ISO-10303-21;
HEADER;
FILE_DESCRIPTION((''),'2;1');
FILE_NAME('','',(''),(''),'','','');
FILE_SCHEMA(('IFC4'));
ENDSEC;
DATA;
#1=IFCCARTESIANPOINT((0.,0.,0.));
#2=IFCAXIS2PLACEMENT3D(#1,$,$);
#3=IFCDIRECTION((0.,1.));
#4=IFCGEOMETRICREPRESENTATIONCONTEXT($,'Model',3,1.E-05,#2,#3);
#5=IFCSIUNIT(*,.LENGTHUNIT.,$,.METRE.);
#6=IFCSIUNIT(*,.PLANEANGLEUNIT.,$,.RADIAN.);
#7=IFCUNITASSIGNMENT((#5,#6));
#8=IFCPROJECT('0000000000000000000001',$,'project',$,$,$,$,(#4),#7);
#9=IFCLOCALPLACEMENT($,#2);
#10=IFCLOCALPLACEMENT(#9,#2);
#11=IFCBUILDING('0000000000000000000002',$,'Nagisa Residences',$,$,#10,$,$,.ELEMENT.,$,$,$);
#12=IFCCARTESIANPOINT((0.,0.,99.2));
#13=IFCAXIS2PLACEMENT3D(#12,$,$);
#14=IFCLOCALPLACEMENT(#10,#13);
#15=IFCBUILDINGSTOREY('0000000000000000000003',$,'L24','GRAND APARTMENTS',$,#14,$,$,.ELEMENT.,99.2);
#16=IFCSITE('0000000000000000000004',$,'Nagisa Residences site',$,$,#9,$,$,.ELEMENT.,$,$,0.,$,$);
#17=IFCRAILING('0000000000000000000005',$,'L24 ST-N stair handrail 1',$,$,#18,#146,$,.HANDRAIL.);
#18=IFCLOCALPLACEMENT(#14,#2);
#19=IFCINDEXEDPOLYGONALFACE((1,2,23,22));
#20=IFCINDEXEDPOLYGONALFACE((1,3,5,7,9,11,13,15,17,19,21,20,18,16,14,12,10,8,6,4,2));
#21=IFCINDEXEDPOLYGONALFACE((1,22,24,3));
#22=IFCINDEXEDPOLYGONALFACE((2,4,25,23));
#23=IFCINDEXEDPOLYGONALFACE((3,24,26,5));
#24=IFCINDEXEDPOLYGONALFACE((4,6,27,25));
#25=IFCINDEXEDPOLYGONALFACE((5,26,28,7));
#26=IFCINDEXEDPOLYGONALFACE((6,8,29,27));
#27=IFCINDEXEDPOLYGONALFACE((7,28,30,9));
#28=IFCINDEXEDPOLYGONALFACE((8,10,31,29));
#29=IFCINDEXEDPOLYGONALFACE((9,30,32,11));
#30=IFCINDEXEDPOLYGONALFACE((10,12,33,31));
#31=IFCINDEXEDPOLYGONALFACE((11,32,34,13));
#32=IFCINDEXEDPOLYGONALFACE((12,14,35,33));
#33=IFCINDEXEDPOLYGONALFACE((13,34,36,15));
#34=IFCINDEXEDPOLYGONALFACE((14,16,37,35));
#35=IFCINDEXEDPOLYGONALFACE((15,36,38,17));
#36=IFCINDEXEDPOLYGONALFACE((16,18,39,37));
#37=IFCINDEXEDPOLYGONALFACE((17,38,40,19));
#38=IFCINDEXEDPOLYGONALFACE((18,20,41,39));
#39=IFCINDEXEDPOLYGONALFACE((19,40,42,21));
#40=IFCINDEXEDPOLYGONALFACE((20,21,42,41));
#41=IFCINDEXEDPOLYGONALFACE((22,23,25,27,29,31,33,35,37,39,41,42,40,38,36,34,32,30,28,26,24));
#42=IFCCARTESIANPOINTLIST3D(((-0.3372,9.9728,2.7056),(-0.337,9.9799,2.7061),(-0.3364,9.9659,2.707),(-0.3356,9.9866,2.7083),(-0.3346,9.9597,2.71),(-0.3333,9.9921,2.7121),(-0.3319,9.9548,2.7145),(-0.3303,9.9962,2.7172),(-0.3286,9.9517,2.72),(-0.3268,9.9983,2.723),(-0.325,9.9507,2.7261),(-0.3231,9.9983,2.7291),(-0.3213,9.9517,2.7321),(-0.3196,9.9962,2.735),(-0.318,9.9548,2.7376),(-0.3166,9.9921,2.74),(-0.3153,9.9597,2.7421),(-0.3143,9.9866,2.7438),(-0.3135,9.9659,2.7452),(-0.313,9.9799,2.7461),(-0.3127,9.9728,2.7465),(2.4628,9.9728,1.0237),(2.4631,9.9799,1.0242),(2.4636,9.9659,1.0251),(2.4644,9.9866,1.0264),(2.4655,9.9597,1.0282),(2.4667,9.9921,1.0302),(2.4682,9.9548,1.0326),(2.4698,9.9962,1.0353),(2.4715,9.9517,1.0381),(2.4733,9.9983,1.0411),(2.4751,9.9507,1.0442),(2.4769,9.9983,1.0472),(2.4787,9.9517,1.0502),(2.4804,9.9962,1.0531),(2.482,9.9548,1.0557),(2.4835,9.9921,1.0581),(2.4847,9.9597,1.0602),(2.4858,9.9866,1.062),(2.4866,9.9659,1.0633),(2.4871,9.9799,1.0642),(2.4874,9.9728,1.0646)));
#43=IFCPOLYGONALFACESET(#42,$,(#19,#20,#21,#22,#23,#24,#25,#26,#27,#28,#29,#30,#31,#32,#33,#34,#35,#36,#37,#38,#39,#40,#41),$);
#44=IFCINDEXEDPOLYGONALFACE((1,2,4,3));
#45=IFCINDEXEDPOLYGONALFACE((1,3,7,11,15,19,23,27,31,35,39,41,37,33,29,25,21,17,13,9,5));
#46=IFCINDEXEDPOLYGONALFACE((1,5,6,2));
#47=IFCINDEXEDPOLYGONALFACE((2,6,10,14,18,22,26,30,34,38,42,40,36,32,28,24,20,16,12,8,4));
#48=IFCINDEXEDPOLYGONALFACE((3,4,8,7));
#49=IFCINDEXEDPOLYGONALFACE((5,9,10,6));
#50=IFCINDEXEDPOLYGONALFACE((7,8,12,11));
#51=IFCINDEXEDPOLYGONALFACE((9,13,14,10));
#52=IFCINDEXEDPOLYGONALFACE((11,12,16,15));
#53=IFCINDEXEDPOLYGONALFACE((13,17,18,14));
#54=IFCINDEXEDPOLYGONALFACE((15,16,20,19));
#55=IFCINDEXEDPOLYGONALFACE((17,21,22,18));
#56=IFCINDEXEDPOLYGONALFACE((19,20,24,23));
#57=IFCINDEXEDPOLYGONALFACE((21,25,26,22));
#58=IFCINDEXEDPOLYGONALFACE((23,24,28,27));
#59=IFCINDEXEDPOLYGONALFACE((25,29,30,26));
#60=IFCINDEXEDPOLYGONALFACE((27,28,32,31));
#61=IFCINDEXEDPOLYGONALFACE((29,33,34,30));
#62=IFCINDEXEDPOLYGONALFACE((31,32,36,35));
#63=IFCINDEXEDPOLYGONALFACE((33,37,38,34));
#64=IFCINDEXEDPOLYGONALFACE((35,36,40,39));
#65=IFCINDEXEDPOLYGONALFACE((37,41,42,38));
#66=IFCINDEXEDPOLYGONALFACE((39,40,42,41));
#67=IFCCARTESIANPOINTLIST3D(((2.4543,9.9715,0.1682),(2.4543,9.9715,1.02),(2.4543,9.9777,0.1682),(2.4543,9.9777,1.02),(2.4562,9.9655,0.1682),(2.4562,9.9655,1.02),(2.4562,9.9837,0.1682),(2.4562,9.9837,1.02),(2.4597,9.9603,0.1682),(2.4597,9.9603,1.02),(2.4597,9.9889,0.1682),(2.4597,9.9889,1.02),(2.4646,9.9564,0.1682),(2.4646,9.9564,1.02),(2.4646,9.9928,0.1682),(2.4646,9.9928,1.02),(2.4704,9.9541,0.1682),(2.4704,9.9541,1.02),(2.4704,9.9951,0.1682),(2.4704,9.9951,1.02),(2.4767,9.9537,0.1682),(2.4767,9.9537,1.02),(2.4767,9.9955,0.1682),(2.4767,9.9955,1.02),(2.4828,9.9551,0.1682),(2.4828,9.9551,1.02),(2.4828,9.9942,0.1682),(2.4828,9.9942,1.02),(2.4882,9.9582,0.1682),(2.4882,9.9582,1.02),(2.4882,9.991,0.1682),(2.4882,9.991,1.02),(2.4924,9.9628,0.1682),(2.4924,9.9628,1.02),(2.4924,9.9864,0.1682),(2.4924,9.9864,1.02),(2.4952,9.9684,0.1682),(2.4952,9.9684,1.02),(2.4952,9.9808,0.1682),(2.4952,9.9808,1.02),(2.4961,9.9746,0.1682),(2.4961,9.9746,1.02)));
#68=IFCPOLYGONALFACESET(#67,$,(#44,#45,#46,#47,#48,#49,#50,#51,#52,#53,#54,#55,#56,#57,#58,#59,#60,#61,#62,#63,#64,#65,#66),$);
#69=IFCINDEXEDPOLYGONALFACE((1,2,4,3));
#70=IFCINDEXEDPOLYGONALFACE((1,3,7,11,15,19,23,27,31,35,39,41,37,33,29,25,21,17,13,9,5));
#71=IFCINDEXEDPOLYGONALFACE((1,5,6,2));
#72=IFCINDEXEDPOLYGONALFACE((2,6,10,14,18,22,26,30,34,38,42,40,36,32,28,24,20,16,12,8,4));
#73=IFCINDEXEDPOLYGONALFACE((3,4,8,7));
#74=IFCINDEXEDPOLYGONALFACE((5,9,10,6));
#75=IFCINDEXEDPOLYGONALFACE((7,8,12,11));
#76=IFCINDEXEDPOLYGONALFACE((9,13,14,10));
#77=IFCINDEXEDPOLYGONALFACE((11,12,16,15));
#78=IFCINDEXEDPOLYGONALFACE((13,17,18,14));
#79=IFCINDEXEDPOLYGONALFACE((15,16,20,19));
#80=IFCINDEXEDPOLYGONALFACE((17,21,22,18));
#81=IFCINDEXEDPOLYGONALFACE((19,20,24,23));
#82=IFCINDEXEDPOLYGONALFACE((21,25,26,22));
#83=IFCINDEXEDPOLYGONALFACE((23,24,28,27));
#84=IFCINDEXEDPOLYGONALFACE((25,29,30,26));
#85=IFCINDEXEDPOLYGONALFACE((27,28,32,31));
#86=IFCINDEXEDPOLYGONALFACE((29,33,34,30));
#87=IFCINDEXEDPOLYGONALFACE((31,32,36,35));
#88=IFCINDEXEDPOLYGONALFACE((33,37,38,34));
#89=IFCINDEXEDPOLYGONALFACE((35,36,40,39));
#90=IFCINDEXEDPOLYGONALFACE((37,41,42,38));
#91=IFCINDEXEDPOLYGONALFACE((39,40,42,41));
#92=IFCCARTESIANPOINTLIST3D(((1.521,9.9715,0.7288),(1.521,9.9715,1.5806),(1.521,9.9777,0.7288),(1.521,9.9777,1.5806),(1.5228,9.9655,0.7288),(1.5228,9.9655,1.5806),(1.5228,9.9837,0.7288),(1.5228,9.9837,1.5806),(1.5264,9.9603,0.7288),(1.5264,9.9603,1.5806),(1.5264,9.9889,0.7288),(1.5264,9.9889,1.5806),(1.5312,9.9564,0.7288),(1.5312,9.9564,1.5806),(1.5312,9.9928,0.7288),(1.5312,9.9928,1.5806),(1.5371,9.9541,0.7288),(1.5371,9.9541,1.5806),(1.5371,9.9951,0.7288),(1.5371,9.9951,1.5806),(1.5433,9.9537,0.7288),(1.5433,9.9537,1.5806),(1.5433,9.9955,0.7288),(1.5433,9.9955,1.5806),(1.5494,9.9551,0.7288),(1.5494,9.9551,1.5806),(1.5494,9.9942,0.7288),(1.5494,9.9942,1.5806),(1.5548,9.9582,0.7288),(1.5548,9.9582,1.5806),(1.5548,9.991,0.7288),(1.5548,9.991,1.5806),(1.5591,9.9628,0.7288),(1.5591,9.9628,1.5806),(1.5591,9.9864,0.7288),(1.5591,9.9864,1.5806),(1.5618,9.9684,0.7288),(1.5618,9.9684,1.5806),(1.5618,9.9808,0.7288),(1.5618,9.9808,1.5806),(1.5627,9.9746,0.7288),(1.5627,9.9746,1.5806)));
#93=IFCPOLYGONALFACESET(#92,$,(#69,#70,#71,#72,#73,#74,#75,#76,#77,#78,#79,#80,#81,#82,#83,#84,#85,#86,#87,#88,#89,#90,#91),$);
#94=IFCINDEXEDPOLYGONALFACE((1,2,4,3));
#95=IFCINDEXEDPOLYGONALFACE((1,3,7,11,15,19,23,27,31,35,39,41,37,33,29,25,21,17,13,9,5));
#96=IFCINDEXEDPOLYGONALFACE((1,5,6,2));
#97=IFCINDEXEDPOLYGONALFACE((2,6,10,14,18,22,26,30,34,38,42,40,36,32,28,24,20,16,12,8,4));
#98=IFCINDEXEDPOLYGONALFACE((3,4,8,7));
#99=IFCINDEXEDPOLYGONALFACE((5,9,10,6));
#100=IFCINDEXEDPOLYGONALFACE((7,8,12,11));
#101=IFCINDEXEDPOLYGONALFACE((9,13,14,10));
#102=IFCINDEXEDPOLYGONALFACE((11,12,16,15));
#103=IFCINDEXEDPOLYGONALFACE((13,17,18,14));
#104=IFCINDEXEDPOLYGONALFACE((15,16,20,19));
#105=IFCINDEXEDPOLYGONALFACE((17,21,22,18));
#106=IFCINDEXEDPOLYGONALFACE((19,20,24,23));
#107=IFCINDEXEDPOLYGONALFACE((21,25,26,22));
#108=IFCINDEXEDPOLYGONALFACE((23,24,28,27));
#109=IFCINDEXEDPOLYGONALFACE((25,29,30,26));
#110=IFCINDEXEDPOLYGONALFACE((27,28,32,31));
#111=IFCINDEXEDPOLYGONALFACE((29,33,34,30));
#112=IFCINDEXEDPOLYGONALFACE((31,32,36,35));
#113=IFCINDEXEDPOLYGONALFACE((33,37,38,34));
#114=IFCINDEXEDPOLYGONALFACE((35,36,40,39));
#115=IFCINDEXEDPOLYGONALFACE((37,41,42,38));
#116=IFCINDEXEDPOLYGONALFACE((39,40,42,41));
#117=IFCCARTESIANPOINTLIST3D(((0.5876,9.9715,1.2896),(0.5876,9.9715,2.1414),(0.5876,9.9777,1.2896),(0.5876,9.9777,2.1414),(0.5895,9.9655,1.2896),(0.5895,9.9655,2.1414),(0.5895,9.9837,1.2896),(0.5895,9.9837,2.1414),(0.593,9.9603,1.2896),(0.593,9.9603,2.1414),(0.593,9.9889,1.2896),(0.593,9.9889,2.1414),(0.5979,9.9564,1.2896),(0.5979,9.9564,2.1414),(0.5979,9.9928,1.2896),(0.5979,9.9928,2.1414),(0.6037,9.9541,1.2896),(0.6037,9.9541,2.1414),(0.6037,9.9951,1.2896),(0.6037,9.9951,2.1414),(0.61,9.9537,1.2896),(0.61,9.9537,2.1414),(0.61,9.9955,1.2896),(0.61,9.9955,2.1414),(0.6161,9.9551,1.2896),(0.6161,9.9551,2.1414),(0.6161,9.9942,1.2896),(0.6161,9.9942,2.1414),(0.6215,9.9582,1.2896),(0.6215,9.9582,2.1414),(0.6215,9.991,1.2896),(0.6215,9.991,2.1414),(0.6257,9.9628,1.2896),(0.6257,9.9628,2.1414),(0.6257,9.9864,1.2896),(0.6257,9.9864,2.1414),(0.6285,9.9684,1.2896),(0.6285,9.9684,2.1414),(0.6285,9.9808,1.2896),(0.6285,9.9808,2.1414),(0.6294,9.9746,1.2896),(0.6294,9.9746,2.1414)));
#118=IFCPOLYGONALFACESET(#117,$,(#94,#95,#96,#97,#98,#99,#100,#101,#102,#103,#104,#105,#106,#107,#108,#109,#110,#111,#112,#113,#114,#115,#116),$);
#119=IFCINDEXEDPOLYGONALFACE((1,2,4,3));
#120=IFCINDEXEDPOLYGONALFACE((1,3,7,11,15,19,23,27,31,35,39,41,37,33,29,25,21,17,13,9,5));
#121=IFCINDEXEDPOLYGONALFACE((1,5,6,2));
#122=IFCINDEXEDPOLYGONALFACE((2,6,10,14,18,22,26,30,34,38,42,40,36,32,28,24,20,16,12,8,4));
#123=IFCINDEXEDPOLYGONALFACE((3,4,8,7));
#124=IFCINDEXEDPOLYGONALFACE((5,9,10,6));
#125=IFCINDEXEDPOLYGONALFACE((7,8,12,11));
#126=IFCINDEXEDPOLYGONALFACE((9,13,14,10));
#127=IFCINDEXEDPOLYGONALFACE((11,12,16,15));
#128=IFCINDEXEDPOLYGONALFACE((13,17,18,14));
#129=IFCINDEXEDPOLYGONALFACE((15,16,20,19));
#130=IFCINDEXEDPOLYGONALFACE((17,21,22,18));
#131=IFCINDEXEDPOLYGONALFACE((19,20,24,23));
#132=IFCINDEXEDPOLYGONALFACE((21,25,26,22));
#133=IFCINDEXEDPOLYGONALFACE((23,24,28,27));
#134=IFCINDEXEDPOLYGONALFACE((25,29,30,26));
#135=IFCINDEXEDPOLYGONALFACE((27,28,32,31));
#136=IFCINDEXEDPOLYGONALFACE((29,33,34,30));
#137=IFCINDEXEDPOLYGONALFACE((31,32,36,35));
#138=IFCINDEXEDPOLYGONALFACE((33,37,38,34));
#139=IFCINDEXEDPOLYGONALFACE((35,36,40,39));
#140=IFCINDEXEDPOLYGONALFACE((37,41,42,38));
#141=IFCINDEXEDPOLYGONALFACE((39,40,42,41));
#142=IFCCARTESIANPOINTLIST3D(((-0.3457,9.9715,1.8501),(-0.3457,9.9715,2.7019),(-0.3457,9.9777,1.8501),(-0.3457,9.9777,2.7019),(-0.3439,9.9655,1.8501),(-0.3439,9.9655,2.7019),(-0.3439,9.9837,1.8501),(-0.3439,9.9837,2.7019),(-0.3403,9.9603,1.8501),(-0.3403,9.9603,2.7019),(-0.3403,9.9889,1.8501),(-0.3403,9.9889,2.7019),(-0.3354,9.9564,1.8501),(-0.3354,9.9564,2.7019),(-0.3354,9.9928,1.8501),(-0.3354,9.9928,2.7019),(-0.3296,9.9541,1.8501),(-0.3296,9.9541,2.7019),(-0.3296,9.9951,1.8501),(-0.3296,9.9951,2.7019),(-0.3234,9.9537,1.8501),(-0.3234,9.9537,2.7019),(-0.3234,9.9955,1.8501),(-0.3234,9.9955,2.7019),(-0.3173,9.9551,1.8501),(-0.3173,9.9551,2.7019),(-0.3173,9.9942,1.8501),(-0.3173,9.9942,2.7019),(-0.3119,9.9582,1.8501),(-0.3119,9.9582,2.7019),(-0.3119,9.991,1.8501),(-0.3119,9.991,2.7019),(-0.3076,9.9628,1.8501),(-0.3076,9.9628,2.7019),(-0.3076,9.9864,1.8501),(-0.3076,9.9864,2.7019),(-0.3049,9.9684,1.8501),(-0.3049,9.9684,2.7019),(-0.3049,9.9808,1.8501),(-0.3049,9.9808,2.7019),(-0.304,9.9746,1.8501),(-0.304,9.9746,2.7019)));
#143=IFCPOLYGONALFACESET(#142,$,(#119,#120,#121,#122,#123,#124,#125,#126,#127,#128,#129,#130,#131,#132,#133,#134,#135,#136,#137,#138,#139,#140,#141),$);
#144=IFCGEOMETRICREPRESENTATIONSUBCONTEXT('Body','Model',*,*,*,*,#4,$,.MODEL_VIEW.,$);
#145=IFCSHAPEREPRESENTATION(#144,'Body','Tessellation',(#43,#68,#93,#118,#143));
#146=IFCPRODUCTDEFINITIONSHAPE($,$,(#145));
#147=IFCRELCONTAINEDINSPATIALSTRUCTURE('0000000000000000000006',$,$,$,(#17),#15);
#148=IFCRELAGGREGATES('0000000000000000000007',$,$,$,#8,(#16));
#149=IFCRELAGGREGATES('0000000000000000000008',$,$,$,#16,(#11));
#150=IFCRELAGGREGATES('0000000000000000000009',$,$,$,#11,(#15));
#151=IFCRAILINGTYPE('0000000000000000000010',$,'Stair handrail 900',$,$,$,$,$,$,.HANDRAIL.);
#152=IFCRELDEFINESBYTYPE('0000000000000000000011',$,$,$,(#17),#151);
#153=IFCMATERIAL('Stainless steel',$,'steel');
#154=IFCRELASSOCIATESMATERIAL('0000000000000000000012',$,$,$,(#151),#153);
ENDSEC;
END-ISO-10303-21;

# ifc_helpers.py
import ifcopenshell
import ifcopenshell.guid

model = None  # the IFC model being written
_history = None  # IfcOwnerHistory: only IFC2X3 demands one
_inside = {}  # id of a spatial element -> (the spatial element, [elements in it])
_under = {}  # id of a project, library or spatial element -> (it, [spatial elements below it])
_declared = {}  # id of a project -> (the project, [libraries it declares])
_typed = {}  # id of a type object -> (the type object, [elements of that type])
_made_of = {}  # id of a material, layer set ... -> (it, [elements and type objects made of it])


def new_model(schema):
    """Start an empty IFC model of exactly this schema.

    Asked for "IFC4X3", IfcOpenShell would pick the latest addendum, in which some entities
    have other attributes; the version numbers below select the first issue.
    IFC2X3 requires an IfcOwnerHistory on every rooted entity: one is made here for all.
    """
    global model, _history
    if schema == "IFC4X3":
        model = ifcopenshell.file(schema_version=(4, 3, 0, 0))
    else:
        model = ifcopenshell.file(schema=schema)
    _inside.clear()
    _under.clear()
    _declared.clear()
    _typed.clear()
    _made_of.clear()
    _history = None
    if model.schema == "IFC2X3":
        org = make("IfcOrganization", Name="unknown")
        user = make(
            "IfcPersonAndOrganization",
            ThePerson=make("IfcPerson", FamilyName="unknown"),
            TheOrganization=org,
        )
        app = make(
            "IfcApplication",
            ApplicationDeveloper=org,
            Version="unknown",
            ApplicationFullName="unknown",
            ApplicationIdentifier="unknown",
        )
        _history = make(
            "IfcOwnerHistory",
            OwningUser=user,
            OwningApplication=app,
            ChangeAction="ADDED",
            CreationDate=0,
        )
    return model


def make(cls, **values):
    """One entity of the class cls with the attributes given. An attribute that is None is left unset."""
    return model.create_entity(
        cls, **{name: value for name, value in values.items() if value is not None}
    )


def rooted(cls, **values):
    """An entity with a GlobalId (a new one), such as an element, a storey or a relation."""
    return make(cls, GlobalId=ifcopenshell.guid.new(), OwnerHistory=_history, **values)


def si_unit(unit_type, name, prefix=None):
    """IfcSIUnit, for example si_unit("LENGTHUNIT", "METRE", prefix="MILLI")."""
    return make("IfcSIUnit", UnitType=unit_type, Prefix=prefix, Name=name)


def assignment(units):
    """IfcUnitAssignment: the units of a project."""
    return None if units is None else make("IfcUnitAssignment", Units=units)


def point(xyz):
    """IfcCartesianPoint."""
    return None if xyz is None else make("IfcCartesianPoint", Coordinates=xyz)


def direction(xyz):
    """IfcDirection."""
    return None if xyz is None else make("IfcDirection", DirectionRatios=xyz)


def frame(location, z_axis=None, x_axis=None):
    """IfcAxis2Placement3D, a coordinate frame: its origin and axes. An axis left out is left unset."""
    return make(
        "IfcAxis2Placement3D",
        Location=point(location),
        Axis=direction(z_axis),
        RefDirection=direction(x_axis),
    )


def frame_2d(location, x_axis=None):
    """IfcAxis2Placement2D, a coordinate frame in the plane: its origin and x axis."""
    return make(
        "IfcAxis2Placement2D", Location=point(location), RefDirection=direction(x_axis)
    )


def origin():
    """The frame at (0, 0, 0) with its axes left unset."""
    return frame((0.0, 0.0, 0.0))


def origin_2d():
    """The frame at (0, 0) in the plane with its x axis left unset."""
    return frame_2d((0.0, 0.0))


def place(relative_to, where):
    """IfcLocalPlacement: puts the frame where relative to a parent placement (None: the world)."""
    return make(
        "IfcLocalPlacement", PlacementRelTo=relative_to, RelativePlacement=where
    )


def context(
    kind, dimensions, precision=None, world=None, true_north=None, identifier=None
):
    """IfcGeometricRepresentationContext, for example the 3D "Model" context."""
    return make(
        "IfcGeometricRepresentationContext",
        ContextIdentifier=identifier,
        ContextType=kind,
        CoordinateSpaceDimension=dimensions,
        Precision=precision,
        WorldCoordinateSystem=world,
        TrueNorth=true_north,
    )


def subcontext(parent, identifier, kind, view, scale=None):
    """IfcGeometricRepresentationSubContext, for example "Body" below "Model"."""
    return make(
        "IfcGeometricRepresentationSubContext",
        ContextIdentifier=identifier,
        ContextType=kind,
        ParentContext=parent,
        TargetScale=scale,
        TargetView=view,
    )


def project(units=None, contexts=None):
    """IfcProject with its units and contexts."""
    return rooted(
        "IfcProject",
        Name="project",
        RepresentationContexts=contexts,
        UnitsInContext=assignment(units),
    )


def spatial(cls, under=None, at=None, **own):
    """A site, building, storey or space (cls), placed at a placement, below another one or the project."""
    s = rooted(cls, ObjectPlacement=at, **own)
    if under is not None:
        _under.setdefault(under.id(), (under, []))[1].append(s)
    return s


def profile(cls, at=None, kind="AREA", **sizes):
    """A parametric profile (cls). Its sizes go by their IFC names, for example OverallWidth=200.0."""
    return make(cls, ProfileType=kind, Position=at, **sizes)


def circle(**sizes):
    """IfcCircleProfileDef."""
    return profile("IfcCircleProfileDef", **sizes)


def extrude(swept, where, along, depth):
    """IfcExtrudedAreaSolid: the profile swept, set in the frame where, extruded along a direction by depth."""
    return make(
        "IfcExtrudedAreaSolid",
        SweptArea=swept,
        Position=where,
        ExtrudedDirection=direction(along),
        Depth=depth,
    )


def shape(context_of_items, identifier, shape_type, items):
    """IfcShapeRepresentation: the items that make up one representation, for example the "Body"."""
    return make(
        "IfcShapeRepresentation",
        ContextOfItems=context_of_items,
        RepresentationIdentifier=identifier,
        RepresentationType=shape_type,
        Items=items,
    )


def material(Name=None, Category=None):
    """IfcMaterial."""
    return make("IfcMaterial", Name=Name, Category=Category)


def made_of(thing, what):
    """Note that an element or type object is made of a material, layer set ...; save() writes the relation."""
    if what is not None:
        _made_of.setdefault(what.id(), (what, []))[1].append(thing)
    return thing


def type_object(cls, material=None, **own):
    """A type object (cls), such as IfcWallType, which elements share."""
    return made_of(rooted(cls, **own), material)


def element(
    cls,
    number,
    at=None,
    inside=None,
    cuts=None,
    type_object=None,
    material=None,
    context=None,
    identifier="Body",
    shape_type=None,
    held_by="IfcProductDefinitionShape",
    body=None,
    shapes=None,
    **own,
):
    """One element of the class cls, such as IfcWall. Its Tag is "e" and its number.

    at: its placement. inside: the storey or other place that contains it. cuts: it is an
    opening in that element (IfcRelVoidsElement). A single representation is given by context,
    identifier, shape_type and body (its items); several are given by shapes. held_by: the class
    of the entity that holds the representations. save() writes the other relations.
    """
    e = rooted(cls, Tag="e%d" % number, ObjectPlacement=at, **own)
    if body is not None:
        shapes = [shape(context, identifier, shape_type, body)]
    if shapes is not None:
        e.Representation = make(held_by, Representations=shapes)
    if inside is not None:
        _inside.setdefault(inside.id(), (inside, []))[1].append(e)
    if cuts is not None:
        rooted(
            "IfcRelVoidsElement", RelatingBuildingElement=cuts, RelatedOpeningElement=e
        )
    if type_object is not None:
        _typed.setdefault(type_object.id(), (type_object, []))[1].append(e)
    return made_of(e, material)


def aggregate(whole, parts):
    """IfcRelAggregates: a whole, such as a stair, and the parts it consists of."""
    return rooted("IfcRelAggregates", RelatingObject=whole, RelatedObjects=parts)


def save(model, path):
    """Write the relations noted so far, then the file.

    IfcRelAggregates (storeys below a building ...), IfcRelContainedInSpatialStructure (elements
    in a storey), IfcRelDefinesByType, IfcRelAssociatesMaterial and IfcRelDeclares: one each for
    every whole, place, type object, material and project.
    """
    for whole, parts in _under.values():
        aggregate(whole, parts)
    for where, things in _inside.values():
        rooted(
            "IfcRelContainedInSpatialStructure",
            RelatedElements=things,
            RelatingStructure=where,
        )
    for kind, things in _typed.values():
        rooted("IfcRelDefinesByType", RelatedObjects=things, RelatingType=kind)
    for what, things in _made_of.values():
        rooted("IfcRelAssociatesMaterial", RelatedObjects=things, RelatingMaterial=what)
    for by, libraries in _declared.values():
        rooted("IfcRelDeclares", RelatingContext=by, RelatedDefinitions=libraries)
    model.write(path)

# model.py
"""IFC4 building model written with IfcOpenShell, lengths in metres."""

from ifc_helpers import new_model, si_unit, direction, frame, origin, origin_2d, place, context, subcontext, project, spatial, circle, extrude, material, type_object, element, save


model = new_model("IFC4")

# Units and contexts
model_context = context("Model", 3, precision=1e-05, world=origin(), true_north=direction((0.0, 1.0)))
body_context = subcontext(model_context, "Body", "Model", "MODEL_VIEW")
ifc_project = project(units=[si_unit("LENGTHUNIT", "METRE"), si_unit("PLANEANGLEUNIT", "RADIAN")], contexts=[model_context])

# Site, building, storey
site_placement = place(None, origin())
site = spatial("IfcSite", under=ifc_project, at=site_placement, Name="Nagisa Residences site", CompositionType="ELEMENT", RefElevation=0.0)
building_placement = place(site_placement, origin())
building = spatial("IfcBuilding", under=site, at=building_placement, Name="Nagisa Residences", CompositionType="ELEMENT")
storey_placement = place(building_placement, frame((0.0, 0.0, 99.2)))
storey = spatial("IfcBuildingStorey", under=building, at=storey_placement, Name="L24", Description="GRAND APARTMENTS", CompositionType="ELEMENT", Elevation=99.2)

# Railing
ifc_material_1 = material(Name="Stainless steel", Category="steel")
railing_type_1 = type_object("IfcRailingType", Name="Stair handrail 900", PredefinedType="HANDRAIL", material=ifc_material_1)
railing_1_placement = place(storey_placement, frame((2.4751, 9.9746, 0.1682)))
element("IfcRailing", 1, at=railing_1_placement, inside=storey, type_object=railing_type_1, Name="L24 ST-N stair handrail 1", PredefinedType="HANDRAIL", context=body_context, shape_type="SweptSolid", body=[
    extrude(circle(Radius=0.0239, at=origin_2d()), frame((0.0, 0.0, 0.876), z_axis=(-0.857242, 0.0, 0.514913), x_axis=(0.0, -1.0, 0.0)), (0.0, 0.0, 1.0), 3.2664),
    extrude(circle(Radius=0.021, at=origin_2d()), origin(), (0.0, 0.0, 1.0), 0.8518),
    extrude(circle(Radius=0.021, at=origin_2d()), frame((-0.9333, 0.0, 0.5605)), (0.0, 0.0, 1.0), 0.8518),
    extrude(circle(Radius=0.021, at=origin_2d()), frame((-1.8667, 0.0, 1.1213)), (0.0, 0.0, 1.0), 0.8518),
    extrude(circle(Radius=0.021, at=origin_2d()), frame((-2.8, 0.0, 1.6819)), (0.0, 0.0, 1.0), 0.8518),
])

save(model, "model.ifc")
